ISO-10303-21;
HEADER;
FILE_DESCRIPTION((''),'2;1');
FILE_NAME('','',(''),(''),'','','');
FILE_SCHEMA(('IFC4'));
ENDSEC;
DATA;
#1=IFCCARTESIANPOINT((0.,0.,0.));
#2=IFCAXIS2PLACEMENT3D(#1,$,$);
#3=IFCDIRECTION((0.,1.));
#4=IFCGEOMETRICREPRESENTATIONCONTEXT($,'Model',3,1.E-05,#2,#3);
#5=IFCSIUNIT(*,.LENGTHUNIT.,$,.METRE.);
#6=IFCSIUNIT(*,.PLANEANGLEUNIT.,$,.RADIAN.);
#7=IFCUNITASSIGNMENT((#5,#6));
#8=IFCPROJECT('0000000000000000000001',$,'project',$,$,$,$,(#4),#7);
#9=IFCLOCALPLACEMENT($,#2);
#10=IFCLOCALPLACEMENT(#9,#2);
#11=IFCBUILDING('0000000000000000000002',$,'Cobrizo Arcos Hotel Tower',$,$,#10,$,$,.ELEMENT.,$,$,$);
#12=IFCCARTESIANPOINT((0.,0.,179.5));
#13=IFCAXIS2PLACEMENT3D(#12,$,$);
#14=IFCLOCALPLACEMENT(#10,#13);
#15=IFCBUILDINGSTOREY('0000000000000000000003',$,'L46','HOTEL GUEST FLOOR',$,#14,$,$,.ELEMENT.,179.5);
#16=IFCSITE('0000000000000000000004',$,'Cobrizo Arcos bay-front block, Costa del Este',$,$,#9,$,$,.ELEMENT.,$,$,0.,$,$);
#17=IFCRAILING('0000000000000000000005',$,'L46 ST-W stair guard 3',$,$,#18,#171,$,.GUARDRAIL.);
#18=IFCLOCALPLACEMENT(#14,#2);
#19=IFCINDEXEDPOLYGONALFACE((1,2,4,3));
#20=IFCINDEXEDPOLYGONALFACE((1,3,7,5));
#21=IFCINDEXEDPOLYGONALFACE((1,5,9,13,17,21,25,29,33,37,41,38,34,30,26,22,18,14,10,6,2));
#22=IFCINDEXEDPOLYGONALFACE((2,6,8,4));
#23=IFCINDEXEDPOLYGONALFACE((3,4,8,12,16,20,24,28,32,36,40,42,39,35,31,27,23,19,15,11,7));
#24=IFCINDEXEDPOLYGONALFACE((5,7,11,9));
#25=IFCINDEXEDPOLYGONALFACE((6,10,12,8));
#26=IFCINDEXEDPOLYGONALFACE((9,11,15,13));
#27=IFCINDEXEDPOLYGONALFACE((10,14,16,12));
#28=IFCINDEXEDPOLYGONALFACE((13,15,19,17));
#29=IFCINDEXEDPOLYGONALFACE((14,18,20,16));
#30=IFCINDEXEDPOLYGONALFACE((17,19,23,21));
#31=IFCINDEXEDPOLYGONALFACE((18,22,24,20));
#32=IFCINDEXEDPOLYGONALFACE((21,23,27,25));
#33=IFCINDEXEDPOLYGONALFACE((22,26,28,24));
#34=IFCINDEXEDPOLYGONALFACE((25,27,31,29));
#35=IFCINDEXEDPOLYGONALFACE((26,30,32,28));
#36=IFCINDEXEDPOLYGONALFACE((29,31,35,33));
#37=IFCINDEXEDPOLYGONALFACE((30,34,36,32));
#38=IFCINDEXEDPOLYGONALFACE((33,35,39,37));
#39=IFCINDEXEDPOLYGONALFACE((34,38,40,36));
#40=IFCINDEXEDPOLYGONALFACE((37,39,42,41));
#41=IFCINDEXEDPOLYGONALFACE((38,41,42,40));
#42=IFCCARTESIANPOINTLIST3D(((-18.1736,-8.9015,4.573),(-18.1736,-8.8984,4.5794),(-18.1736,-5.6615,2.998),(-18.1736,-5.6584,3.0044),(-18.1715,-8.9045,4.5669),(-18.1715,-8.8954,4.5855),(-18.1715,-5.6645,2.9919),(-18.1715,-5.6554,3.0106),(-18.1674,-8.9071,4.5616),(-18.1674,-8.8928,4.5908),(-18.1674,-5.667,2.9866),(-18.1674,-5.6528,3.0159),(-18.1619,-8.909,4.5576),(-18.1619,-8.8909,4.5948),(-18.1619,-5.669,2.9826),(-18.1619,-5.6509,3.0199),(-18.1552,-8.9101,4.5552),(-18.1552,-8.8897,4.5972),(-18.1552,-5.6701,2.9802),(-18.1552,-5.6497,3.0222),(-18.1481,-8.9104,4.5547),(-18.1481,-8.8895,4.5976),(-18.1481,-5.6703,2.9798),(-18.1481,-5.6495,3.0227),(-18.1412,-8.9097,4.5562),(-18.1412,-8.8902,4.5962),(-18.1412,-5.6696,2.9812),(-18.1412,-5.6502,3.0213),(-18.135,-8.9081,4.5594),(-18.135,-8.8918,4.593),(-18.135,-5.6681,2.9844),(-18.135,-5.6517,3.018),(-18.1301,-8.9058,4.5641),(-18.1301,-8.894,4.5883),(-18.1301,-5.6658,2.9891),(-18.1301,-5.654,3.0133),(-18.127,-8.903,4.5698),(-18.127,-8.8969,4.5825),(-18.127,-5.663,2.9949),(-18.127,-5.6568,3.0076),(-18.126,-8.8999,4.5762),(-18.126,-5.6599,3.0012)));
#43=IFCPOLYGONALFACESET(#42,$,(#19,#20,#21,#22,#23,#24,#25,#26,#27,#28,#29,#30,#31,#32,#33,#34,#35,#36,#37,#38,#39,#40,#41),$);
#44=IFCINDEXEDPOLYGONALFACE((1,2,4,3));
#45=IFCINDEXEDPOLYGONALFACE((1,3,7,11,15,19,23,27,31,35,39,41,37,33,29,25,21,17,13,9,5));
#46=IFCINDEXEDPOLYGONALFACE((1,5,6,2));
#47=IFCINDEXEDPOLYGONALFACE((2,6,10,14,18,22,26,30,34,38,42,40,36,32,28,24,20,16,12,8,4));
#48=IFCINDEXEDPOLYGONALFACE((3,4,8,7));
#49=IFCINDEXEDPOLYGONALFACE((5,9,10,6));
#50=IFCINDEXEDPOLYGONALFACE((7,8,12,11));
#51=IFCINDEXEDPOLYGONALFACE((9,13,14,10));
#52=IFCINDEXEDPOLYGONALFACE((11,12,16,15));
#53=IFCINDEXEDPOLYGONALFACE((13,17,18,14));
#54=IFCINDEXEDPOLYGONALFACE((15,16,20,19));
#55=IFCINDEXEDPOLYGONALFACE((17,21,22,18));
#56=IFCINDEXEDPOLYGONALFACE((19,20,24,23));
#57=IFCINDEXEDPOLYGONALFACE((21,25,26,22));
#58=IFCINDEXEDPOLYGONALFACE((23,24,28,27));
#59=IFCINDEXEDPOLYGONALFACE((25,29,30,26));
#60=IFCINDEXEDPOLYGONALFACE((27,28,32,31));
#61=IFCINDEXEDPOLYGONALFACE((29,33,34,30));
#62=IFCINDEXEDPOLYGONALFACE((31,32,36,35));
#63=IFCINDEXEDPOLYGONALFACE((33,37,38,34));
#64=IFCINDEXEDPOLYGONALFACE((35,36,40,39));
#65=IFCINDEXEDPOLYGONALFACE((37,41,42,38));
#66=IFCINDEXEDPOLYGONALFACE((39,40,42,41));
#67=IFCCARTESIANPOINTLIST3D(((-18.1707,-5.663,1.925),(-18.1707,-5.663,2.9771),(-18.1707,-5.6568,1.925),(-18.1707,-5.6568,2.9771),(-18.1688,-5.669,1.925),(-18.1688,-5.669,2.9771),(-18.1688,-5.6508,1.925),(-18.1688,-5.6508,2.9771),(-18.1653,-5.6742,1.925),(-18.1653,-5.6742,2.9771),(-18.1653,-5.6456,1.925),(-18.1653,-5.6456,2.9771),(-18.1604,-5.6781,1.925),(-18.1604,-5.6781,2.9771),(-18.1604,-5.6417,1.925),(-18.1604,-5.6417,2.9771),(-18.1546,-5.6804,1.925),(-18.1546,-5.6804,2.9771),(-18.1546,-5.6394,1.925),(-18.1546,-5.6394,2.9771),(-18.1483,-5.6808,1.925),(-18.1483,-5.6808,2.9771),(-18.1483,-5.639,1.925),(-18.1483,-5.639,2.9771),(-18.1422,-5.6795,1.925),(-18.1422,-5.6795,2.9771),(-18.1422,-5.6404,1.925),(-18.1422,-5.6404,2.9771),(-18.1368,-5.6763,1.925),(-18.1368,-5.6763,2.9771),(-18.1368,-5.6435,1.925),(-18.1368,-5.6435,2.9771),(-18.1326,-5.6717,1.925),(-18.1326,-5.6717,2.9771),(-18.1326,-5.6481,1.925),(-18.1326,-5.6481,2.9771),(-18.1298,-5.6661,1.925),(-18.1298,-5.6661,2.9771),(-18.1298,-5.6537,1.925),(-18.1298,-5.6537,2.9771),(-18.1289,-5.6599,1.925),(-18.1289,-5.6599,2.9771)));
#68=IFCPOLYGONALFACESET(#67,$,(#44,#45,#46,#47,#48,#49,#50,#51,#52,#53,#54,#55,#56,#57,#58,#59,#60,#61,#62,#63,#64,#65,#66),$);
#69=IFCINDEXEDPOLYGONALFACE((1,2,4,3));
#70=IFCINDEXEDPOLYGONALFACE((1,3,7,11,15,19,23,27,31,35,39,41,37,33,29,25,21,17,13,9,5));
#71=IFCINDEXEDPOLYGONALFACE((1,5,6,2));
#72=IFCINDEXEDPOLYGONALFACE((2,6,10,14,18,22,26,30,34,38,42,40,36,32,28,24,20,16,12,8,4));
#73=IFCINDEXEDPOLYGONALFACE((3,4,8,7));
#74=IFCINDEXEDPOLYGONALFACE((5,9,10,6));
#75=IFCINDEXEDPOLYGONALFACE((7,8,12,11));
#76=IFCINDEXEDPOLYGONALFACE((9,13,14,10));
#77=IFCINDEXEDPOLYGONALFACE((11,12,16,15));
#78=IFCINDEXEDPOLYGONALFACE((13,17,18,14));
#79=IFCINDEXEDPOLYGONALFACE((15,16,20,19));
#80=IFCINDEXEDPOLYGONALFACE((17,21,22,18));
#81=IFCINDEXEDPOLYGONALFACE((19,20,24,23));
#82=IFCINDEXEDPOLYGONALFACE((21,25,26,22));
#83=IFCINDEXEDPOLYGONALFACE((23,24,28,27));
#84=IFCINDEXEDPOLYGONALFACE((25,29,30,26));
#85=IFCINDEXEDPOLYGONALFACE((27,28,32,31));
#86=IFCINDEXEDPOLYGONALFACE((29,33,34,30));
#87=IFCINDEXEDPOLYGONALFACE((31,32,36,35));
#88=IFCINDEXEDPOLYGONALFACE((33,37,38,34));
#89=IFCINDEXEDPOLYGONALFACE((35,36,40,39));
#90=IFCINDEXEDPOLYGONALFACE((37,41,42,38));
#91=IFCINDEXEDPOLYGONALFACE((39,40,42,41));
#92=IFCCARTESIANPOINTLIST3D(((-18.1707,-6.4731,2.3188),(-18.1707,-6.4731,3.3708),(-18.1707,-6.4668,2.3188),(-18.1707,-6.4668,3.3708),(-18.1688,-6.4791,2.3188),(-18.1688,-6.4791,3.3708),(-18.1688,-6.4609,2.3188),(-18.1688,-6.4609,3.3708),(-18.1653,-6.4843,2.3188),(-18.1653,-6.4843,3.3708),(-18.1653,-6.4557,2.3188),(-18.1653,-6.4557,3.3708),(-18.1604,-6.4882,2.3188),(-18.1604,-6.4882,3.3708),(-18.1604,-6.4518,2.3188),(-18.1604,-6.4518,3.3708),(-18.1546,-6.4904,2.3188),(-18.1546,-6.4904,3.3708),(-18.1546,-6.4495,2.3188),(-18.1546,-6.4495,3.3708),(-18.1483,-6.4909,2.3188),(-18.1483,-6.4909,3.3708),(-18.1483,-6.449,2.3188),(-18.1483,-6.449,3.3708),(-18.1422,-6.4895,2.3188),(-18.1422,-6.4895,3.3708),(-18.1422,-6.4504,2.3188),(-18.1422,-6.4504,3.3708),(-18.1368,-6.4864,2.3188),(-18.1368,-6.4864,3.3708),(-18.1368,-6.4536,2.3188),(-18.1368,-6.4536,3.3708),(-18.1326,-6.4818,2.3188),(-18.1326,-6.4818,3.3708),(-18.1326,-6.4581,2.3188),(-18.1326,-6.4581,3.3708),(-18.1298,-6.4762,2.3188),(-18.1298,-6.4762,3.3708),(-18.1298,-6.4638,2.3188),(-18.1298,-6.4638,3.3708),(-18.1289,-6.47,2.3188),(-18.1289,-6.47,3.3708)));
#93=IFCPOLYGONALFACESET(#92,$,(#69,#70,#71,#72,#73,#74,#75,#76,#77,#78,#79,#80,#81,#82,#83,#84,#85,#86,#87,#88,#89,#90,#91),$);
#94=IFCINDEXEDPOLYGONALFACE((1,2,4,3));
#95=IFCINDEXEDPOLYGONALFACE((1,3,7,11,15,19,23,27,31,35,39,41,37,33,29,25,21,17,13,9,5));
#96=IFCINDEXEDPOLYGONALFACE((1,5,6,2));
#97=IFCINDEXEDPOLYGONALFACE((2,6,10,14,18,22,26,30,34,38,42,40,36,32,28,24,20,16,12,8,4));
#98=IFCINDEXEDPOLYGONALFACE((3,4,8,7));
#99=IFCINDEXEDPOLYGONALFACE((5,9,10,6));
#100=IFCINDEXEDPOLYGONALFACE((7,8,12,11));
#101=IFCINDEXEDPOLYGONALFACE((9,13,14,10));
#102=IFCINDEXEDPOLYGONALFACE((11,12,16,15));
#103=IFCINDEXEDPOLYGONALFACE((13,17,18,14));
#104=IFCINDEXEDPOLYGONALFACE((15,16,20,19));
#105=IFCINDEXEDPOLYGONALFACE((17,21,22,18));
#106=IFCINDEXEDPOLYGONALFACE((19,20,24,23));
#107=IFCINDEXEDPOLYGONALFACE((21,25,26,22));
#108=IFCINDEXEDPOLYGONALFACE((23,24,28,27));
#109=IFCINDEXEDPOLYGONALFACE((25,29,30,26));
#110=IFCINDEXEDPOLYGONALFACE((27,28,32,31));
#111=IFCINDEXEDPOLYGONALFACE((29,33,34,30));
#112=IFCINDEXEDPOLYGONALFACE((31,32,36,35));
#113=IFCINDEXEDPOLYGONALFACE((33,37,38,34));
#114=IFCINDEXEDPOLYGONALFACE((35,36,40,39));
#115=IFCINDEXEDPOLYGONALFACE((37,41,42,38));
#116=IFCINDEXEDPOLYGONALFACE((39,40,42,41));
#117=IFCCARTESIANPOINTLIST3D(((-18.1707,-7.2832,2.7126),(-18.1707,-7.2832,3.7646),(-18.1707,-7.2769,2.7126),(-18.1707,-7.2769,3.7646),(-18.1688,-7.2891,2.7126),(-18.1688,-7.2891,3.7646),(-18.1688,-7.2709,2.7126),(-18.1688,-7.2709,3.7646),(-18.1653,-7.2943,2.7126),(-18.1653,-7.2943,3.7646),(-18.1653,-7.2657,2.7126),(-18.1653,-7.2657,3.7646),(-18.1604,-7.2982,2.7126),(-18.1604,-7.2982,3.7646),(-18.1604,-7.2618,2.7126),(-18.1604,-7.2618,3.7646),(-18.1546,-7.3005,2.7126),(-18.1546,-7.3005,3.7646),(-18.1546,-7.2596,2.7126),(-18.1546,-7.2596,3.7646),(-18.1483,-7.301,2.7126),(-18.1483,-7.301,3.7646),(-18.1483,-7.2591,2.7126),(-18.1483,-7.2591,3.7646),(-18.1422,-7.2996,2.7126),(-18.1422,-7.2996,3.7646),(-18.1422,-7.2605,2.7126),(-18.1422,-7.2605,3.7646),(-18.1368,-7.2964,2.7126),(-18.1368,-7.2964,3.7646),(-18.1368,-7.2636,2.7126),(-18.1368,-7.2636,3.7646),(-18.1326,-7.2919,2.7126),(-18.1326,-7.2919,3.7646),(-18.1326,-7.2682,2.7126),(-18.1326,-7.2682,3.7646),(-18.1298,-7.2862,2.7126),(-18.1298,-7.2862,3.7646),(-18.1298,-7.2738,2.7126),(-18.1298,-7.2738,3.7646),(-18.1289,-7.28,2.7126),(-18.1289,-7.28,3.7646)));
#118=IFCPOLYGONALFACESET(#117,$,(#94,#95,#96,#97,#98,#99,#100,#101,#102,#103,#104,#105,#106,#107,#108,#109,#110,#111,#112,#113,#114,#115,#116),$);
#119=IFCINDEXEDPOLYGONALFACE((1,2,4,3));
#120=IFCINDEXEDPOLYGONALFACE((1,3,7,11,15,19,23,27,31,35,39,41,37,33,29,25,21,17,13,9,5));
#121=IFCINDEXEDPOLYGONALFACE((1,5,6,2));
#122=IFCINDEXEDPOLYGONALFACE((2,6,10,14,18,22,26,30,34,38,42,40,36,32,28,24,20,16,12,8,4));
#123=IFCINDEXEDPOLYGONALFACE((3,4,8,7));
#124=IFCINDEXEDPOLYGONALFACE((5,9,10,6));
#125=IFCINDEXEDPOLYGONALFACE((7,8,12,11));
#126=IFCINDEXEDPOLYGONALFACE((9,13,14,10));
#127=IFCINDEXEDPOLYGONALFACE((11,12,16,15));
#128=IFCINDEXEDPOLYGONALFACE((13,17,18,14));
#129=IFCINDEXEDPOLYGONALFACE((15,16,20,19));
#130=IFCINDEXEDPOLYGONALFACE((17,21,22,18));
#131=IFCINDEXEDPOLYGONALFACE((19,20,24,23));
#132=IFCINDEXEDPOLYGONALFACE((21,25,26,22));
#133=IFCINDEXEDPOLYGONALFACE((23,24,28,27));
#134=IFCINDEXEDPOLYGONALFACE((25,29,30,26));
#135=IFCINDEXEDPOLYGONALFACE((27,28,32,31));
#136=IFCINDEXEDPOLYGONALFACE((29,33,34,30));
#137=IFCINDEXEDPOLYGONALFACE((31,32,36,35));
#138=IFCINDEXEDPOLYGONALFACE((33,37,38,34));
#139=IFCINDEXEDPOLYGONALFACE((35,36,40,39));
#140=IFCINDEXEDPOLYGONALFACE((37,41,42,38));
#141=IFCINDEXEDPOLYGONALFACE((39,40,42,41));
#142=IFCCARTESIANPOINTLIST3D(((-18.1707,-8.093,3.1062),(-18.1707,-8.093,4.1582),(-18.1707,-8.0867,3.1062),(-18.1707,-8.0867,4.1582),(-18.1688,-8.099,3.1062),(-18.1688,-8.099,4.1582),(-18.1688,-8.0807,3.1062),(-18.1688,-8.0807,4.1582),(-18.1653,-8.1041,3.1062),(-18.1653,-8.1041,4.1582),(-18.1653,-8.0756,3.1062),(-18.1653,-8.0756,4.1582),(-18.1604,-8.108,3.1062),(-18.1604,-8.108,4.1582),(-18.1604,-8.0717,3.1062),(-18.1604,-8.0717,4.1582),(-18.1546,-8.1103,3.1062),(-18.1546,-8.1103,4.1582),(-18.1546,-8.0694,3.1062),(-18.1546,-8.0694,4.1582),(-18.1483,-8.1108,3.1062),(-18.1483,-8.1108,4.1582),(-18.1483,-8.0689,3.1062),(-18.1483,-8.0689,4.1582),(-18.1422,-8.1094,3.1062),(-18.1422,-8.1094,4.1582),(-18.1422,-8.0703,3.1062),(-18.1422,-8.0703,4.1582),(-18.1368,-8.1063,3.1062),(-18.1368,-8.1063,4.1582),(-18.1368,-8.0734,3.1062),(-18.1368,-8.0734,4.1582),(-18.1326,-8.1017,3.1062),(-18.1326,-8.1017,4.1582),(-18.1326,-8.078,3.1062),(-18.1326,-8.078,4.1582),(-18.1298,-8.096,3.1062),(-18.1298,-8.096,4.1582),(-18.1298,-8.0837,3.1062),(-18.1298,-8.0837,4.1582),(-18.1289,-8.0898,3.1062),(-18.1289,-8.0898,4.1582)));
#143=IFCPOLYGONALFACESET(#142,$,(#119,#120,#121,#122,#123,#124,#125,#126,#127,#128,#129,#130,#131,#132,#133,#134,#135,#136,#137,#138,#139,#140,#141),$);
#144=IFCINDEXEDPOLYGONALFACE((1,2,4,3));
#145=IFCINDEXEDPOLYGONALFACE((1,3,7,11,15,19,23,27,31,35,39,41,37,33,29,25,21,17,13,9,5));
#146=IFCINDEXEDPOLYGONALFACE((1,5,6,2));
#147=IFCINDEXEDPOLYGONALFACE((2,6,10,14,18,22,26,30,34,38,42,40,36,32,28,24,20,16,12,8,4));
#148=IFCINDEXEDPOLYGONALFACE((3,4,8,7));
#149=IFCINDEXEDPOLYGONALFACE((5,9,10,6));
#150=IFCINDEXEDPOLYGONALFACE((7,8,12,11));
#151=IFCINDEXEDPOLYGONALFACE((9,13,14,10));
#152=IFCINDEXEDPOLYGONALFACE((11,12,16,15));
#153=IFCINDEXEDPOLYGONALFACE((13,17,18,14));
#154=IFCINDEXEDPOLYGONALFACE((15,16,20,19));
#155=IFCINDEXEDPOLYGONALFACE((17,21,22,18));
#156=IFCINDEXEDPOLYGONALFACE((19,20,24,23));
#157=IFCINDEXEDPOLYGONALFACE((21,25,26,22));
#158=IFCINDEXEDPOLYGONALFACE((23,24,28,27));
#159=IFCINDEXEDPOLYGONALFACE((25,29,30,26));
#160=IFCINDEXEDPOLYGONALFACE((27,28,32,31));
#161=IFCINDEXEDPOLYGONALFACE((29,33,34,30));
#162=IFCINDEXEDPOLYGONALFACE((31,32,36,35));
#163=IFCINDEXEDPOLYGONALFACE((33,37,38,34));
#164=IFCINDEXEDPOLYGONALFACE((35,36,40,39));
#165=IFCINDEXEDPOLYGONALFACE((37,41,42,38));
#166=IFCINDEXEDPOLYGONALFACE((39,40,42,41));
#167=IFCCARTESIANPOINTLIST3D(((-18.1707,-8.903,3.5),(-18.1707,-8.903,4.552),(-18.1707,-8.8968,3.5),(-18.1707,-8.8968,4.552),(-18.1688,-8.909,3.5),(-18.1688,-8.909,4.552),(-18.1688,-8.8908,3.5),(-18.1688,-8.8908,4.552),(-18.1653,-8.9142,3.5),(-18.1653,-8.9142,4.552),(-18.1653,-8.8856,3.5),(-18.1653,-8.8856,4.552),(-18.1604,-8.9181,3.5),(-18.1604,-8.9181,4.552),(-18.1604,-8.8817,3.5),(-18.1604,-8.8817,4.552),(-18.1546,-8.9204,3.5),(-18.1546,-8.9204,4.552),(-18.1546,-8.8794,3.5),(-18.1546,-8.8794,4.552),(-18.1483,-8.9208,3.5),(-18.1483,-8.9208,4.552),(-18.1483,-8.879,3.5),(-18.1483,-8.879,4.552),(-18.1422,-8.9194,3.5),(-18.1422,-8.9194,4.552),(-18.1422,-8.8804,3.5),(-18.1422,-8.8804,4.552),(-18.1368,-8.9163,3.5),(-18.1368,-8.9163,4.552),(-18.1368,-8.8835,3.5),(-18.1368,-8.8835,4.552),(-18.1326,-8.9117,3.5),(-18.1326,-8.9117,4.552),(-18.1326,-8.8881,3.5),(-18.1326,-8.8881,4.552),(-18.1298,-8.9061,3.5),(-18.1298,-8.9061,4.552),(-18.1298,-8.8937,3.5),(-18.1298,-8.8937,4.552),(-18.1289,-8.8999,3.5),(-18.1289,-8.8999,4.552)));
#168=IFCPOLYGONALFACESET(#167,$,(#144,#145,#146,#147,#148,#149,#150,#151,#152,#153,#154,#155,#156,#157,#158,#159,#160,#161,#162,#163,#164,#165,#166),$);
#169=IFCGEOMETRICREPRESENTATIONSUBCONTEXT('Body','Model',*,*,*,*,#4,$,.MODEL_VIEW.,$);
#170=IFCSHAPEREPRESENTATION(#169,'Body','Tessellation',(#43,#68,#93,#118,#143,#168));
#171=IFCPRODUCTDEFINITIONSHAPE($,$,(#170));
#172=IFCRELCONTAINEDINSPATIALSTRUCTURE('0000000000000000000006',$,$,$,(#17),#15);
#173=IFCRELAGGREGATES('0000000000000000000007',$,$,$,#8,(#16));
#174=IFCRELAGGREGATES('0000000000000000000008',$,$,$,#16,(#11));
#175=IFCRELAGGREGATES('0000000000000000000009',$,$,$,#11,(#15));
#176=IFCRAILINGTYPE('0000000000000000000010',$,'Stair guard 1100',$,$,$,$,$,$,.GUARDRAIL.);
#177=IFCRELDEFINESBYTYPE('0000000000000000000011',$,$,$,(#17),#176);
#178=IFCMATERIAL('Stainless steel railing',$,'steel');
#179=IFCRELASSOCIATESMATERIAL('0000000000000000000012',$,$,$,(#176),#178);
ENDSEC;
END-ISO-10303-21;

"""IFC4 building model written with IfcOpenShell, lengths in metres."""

from ifc_helpers import new_model, si_unit, direction, frame, origin, origin_2d, place, context, subcontext, project, spatial, circle, extrude, material, type_object, element, save


model = new_model("IFC4")

# Units and contexts
model_context = context("Model", 3, precision=1e-05, world=origin(), true_north=direction((0.0, 1.0)))
body_context = subcontext(model_context, "Body", "Model", "MODEL_VIEW")
ifc_project = project(units=[si_unit("LENGTHUNIT", "METRE"), si_unit("PLANEANGLEUNIT", "RADIAN")], contexts=[model_context])

# Site, building, storey
site_placement = place(None, origin())
site = spatial("IfcSite", under=ifc_project, at=site_placement, Name="Cobrizo Arcos bay-front block, Costa del Este", CompositionType="ELEMENT", RefElevation=0.0)
building_placement = place(site_placement, origin())
building = spatial("IfcBuilding", under=site, at=building_placement, Name="Cobrizo Arcos Hotel Tower", CompositionType="ELEMENT")
storey_placement = place(building_placement, frame((0.0, 0.0, 179.5)))
storey = spatial("IfcBuildingStorey", under=building, at=storey_placement, Name="L46", Description="HOTEL GUEST FLOOR", CompositionType="ELEMENT", Elevation=179.5)

# Railing
ifc_material_1 = material(Name="Stainless steel railing", Category="steel")
railing_type_1 = type_object("IfcRailingType", Name="Stair guard 1100", PredefinedType="GUARDRAIL", material=ifc_material_1)
railing_1_placement = place(storey_placement, frame((-18.1499, -5.6599, 1.925)))
element("IfcRailing", 1, at=railing_1_placement, inside=storey, type_object=railing_type_1, Name="L46 ST-W stair guard 3", PredefinedType="GUARDRAIL", context=body_context, shape_type="SweptSolid", body=[
    extrude(circle(Radius=0.0239, at=origin_2d()), frame((0.0, 0.0, 1.0762), z_axis=(0.0, -0.899373, 0.437183), x_axis=(1.0, 0.0, 0.0)), (0.0, 0.0, 1.0), 3.6025),
    extrude(circle(Radius=0.021, at=origin_2d()), origin(), (0.0, 0.0, 1.0), 1.052),
    extrude(circle(Radius=0.021, at=origin_2d()), frame((0.0, -0.8101, 0.3938)), (0.0, 0.0, 1.0), 1.052),
    extrude(circle(Radius=0.021, at=origin_2d()), frame((0.0, -1.6201, 0.7876)), (0.0, 0.0, 1.0), 1.052),
    extrude(circle(Radius=0.021, at=origin_2d()), frame((0.0, -2.4299, 1.1812)), (0.0, 0.0, 1.0), 1.052),
    extrude(circle(Radius=0.021, at=origin_2d()), frame((0.0, -3.24, 1.575)), (0.0, 0.0, 1.0), 1.052),
])

save(model, "model.ifc")
